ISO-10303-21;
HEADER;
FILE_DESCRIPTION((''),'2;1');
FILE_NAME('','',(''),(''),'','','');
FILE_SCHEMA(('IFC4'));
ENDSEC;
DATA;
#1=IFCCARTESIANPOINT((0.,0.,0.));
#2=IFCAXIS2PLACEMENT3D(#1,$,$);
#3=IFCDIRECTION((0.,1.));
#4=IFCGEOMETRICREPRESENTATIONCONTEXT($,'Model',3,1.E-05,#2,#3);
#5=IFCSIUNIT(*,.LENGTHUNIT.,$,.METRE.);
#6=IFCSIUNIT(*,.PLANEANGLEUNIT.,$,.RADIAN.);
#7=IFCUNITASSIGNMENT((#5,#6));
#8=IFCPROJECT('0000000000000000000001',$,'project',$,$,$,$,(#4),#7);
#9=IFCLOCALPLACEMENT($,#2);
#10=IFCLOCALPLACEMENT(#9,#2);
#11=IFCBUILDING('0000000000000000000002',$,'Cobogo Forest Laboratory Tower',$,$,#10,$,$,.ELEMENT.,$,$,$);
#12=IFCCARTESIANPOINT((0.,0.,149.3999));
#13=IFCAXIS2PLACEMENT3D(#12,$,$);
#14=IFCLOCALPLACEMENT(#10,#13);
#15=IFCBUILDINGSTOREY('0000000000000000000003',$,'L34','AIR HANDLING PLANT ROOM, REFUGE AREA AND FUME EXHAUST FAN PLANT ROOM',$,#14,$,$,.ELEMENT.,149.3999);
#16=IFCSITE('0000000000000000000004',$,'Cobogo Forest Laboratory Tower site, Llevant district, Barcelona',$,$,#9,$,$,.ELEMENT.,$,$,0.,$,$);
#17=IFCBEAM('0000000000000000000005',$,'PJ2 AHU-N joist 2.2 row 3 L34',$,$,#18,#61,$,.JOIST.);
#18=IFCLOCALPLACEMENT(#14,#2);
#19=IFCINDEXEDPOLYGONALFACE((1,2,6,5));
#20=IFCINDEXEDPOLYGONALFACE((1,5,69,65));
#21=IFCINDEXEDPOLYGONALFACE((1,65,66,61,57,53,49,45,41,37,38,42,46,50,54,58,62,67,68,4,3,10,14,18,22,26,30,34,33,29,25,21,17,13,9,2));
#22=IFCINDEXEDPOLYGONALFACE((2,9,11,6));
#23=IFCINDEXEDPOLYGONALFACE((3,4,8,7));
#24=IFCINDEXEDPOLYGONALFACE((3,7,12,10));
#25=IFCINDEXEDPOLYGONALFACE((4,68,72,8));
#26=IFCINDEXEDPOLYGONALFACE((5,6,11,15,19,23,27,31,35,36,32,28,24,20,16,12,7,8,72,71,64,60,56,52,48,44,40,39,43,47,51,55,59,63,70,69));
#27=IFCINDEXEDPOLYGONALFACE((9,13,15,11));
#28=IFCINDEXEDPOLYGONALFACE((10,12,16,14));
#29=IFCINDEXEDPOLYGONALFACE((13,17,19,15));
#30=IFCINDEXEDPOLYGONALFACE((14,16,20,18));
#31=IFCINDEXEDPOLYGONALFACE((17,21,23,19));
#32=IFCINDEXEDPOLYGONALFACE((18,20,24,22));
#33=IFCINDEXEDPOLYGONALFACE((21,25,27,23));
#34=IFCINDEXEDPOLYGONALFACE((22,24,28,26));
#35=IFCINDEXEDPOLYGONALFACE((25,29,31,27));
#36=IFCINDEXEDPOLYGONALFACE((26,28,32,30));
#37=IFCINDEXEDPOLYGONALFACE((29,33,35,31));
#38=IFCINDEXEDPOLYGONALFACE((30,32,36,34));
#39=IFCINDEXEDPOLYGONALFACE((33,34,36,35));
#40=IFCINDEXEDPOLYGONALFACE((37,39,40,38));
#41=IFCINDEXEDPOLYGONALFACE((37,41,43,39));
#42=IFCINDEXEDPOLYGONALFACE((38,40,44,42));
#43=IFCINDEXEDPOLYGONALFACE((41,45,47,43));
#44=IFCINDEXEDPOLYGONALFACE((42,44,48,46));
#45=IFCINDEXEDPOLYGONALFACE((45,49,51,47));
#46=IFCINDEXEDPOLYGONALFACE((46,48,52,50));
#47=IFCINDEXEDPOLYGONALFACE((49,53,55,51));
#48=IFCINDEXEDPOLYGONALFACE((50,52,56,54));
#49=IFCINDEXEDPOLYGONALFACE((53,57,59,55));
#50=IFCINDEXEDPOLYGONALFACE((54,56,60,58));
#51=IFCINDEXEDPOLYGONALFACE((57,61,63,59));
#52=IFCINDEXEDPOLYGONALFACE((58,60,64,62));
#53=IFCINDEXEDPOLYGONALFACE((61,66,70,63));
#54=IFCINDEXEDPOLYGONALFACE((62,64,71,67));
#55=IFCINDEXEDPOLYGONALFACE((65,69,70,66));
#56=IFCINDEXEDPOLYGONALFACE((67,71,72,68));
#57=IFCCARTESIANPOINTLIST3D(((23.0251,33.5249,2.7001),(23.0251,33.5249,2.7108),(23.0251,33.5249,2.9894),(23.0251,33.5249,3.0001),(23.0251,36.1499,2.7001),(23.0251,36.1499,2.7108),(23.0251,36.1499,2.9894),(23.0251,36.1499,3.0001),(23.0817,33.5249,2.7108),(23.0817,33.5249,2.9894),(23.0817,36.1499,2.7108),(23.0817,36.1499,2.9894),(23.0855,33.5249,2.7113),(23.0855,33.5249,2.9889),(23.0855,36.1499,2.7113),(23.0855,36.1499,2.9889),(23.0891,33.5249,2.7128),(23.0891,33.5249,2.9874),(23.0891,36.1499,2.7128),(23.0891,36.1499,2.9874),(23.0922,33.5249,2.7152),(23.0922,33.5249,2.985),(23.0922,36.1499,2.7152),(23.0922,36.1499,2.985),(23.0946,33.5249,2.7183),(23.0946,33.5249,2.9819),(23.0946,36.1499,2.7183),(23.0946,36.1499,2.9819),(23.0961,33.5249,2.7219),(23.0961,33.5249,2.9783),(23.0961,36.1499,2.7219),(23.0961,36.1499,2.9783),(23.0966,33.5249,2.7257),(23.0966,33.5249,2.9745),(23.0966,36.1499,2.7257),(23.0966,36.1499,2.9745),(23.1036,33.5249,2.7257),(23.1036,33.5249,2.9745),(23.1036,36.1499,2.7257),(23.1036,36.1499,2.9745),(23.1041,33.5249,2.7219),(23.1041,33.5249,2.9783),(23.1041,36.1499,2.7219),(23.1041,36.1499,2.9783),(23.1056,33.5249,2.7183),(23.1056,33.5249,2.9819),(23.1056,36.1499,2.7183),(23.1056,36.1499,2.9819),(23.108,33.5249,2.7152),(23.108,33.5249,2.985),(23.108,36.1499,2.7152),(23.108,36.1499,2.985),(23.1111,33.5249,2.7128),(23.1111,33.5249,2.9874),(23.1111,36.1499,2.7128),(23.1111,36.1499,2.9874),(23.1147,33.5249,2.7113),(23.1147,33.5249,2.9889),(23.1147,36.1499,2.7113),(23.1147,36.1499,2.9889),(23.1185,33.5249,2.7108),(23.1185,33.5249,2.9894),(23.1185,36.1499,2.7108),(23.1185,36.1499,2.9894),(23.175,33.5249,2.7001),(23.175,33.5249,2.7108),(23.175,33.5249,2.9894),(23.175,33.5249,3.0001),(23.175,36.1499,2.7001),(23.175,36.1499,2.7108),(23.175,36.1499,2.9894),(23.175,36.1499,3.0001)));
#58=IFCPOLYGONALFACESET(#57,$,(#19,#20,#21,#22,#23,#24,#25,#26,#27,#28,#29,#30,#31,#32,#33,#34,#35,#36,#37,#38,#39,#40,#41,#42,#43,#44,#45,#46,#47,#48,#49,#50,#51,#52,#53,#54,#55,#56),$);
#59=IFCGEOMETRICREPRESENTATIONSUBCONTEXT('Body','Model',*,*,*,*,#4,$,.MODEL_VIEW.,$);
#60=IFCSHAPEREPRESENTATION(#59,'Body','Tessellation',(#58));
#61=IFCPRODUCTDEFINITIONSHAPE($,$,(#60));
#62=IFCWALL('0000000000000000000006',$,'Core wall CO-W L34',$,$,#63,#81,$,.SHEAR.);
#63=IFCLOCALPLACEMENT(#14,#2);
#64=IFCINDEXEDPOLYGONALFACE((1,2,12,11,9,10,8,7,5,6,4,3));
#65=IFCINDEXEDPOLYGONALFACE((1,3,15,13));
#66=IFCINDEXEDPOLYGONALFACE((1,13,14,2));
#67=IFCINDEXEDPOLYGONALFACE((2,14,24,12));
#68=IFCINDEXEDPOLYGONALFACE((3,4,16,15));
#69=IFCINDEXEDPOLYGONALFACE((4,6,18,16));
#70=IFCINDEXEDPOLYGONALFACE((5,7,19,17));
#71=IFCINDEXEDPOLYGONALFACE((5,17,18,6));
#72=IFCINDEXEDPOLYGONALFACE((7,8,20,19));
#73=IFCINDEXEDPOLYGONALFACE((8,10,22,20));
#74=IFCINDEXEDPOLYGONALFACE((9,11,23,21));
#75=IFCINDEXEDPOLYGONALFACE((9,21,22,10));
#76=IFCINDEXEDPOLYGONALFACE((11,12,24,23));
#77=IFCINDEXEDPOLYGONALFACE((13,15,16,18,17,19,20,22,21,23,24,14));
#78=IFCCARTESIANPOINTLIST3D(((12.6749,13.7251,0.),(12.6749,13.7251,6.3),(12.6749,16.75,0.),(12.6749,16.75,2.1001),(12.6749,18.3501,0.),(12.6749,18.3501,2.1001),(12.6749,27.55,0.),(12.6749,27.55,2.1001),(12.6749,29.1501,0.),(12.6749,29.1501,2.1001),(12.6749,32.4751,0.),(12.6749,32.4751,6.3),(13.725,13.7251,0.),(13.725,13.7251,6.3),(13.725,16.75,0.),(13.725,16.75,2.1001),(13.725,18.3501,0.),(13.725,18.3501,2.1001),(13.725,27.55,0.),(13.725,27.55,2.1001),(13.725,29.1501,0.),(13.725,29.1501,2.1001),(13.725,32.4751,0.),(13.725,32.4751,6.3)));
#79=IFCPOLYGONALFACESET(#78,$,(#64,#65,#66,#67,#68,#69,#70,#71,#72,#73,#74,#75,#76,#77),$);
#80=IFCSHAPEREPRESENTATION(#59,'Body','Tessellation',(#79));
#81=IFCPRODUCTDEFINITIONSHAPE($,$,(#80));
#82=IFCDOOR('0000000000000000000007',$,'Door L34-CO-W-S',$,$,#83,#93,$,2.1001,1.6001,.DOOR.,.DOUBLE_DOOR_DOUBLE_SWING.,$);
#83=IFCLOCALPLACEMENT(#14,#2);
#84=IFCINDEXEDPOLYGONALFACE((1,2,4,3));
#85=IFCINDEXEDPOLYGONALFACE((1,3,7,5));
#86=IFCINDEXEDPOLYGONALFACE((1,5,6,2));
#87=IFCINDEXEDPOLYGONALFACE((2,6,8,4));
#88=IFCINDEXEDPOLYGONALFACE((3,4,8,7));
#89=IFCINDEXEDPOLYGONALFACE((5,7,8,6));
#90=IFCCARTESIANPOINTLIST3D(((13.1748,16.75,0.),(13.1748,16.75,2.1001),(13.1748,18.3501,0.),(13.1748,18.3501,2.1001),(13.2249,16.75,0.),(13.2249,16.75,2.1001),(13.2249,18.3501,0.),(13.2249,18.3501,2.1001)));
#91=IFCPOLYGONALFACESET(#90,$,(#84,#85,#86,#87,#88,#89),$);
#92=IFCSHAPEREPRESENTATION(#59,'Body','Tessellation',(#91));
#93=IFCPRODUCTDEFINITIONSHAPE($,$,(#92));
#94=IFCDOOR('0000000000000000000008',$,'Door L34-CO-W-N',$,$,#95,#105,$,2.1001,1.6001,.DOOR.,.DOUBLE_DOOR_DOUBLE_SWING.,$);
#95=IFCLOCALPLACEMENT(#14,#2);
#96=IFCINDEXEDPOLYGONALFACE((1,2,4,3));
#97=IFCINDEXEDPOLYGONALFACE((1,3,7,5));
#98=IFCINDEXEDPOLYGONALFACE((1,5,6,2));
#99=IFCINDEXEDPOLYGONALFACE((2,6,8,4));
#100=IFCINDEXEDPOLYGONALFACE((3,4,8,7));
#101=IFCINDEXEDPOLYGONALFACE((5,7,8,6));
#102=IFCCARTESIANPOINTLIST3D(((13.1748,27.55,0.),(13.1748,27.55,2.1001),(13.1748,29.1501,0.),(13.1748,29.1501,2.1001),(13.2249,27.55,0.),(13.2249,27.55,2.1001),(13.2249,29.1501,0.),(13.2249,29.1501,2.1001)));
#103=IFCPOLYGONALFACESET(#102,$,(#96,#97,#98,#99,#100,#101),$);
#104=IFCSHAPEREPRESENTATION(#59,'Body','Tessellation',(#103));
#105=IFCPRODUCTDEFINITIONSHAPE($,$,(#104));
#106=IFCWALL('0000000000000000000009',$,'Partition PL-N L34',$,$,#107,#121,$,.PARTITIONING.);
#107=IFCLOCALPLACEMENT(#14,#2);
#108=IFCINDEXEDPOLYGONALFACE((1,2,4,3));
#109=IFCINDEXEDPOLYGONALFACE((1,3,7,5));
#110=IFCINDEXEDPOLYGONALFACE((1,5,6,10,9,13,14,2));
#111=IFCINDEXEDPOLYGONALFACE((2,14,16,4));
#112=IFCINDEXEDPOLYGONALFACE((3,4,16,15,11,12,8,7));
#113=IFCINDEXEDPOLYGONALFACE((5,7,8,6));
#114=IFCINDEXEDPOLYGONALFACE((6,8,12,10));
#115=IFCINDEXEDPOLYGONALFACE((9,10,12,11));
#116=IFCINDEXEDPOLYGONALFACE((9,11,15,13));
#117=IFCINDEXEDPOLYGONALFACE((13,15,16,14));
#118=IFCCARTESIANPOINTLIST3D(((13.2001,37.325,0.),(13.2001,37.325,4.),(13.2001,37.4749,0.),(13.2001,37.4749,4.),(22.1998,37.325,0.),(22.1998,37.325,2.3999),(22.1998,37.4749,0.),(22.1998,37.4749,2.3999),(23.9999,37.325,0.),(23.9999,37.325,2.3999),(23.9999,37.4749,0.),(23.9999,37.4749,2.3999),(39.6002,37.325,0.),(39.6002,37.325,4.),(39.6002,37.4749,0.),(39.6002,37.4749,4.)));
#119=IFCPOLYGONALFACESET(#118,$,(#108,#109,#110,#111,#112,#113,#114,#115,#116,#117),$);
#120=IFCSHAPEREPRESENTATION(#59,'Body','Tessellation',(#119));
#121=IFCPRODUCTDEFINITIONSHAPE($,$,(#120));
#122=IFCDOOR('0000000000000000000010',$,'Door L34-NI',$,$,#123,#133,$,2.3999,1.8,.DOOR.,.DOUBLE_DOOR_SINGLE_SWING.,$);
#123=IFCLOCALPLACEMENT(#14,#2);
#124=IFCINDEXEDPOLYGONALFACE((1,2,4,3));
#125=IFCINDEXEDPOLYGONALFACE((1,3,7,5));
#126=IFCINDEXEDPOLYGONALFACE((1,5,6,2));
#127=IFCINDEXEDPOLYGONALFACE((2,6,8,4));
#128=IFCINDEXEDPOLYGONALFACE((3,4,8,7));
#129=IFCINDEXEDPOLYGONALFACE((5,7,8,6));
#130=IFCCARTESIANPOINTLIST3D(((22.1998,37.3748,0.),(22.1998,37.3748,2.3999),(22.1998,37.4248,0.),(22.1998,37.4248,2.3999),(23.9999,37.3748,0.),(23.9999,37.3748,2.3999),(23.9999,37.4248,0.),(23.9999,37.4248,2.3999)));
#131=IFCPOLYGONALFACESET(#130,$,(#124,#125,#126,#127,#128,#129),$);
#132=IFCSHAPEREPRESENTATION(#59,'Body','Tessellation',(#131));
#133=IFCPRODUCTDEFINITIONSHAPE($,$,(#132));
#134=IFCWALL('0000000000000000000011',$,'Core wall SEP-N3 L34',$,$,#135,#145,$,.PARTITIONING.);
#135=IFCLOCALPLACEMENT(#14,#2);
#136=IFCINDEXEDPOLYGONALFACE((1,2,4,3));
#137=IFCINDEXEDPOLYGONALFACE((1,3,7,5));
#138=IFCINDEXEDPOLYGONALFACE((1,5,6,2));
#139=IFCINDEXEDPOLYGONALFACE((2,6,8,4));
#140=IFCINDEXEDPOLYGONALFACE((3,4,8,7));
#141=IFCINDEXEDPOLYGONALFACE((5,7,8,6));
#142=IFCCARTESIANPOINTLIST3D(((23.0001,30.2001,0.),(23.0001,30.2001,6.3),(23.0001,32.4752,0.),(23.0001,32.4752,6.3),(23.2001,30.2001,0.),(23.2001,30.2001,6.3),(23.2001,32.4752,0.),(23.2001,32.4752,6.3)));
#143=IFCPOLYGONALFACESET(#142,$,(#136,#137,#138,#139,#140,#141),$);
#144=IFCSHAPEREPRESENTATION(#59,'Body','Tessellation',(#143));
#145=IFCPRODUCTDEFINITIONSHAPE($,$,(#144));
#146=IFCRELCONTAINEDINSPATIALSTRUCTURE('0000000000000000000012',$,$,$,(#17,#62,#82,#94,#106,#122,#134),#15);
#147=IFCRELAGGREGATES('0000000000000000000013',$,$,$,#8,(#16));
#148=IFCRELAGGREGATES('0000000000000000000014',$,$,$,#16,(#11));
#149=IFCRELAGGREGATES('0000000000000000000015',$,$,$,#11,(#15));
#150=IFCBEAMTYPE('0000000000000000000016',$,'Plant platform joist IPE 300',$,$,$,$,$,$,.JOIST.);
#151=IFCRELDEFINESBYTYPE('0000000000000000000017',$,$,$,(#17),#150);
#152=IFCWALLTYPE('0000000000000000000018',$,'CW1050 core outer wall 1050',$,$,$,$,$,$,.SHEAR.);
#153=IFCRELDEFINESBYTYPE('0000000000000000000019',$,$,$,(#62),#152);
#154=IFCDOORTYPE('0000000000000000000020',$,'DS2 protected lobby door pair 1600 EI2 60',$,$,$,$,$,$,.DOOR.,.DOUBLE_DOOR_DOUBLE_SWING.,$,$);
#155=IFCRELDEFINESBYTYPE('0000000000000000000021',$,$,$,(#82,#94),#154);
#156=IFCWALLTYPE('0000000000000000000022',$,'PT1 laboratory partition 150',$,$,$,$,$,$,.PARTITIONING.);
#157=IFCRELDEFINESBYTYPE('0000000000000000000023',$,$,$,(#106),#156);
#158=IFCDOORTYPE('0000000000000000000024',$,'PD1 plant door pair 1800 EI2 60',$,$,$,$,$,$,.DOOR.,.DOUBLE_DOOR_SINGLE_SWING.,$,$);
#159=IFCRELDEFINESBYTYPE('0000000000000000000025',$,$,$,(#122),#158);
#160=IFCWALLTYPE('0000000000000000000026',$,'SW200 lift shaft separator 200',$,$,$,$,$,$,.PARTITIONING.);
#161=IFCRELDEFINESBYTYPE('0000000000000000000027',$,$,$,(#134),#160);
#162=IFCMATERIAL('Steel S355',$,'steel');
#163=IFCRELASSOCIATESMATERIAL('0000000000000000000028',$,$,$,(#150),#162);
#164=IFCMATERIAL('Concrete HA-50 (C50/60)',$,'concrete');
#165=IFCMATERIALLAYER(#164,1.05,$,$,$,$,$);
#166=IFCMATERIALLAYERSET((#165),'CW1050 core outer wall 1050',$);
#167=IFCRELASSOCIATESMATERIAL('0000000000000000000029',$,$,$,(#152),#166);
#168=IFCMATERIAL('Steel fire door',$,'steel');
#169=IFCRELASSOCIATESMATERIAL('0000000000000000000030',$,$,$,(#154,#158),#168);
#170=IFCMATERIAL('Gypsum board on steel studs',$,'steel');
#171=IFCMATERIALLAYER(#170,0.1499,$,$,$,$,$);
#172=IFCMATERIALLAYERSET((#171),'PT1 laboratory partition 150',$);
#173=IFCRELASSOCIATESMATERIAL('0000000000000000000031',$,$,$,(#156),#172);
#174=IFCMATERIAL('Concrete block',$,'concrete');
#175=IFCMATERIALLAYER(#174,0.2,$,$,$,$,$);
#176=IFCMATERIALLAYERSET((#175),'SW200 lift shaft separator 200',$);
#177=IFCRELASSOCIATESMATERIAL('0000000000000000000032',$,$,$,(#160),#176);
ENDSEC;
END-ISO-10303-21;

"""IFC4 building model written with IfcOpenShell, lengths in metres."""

from ifc_helpers import new_model, si_unit, direction, frame, frame_2d, origin, origin_2d, place, context, subcontext, project, spatial, rectangle, i_section, extrude, material, layer, layer_set, material_profile, profile_set, type_object, element, fill, save


model = new_model("IFC4")

# Units and contexts
model_context = context("Model", 3, precision=1e-05, world=origin(), true_north=direction((0.0, 1.0)))
body_context = subcontext(model_context, "Body", "Model", "MODEL_VIEW")
ifc_project = project(units=[si_unit("LENGTHUNIT", "METRE"), si_unit("PLANEANGLEUNIT", "RADIAN")], contexts=[model_context])

# Site, building, storey
site_placement = place(None, origin())
site = spatial("IfcSite", under=ifc_project, at=site_placement, Name="Cobogo Forest Laboratory Tower site, Llevant district, Barcelona", CompositionType="ELEMENT", RefElevation=0.0)
building_placement = place(site_placement, origin())
building = spatial("IfcBuilding", under=site, at=building_placement, Name="Cobogo Forest Laboratory Tower", CompositionType="ELEMENT")
storey_placement = place(building_placement, frame((0.0, 0.0, 149.3999)))
storey = spatial("IfcBuildingStorey", under=building, at=storey_placement, Name="L34", Description="AIR HANDLING PLANT ROOM, REFUGE AREA AND FUME EXHAUST FAN PLANT ROOM", CompositionType="ELEMENT", Elevation=149.3999)

# Shared definitions
ifc_material_1 = material(Name="Concrete HA-50 (C50/60)", Category="concrete")

# Shared definitions
ifc_material_2 = material(Name="Steel S355", Category="steel")

# Beam
ifc_material_profile_1 = material_profile(ifc_material_2, i_section(OverallWidth=0.1499, OverallDepth=0.3, WebThickness=0.0071, FlangeThickness=0.0107, FilletRadius=0.0149, at=origin_2d()), Name="IPE 300")
ifc_profile_set_1 = profile_set([ifc_material_profile_1], Name="Steel S355")
beam_type_1 = type_object("IfcBeamType", Name="Plant platform joist IPE 300", PredefinedType="JOIST", material=ifc_profile_set_1)
for number, where, z_axis, x_axis, name in (
    (1, (23.1001, 36.1499, 2.8501), (0.0, -1.0, 0.0), (1.0, 0.0, 0.0), "PJ2 AHU-N joist 2.2 row 3 L34"),
):
    element("IfcBeam", number, at=place(storey_placement, frame(where, z_axis=z_axis, x_axis=x_axis)), inside=storey, type_object=beam_type_1, Name=name, PredefinedType="JOIST", context=body_context, shape_type="SweptSolid", body=[
        extrude(i_section(OverallWidth=0.1499, OverallDepth=0.3, WebThickness=0.0071, FlangeThickness=0.0107, FilletRadius=0.0149, at=origin_2d()), origin(), (0.0, 0.0, 1.0), 2.625),
    ])

# Wall, openings, doors
ifc_layer_1 = layer(ifc_material_1, 1.05)
ifc_layer_set_1 = layer_set([ifc_layer_1], Name="CW1050 core outer wall 1050")
wall_type_1 = type_object("IfcWallType", Name="CW1050 core outer wall 1050", PredefinedType="SHEAR", material=ifc_layer_set_1)
wall_1_placement = place(storey_placement, frame((13.2, 32.4751, 0.0), z_axis=(0.0, 0.0, 1.0), x_axis=(0.0, -1.0, 0.0)))
wall_1 = element("IfcWall", 2, at=wall_1_placement, inside=storey, type_object=wall_type_1, Name="Core wall CO-W L34", PredefinedType="SHEAR", context=body_context, shape_type="SweptSolid", body=[
    extrude(rectangle(XDim=18.75, YDim=1.05, at=frame_2d((9.375, 0.0))), origin(), (0.0, 0.0, 1.0), 6.3),
])
opening_1_placement = place(wall_1_placement, frame((14.125, 0.0, 0.0)))
opening_1 = element("IfcOpeningElement", 3, at=opening_1_placement, cuts=wall_1, PredefinedType="OPENING", context=body_context, shape_type="SweptSolid", body=[
    extrude(rectangle(XDim=1.6001, YDim=2.1001, at=frame_2d((0.8, 1.05))), frame((0.0, 0.5349, 0.0), z_axis=(0.0, -1.0, 0.0), x_axis=(1.0, 0.0, 0.0)), (0.0, 0.0, 1.0), 1.0701),
])
opening_2_placement = place(wall_1_placement, frame((3.325, 0.0, 0.0)))
opening_2 = element("IfcOpeningElement", 4, at=opening_2_placement, cuts=wall_1, PredefinedType="OPENING", context=body_context, shape_type="SweptSolid", body=[
    extrude(rectangle(XDim=1.6001, YDim=2.1001, at=frame_2d((0.8, 1.05))), frame((0.0, 0.5349, 0.0), z_axis=(0.0, -1.0, 0.0), x_axis=(1.0, 0.0, 0.0)), (0.0, 0.0, 1.0), 1.0701),
])
ifc_material_3 = material(Name="Steel fire door", Category="steel")
door_type_1 = type_object("IfcDoorType", Name="DS2 protected lobby door pair 1600 EI2 60", OperationType="DOUBLE_DOOR_DOUBLE_SWING", PredefinedType="DOOR", material=ifc_material_3)
door_1_placement = place(opening_1_placement, origin())
door_1 = element("IfcDoor", 5, at=door_1_placement, inside=storey, type_object=door_type_1, Name="Door L34-CO-W-S", OperationType="DOUBLE_DOOR_DOUBLE_SWING", OverallHeight=2.1001, OverallWidth=1.6001, PredefinedType="DOOR", context=body_context, shape_type="SweptSolid", body=[
    extrude(rectangle(XDim=1.6001, YDim=2.1001, at=frame_2d((0.8, 1.05))), frame((0.0, 0.0249, 0.0), z_axis=(0.0, -1.0, 0.0), x_axis=(1.0, 0.0, 0.0)), (0.0, 0.0, 1.0), 0.05),
])
fill(opening_1, door_1)
door_2_placement = place(opening_2_placement, origin())
door_2 = element("IfcDoor", 6, at=door_2_placement, inside=storey, type_object=door_type_1, Name="Door L34-CO-W-N", OperationType="DOUBLE_DOOR_DOUBLE_SWING", OverallHeight=2.1001, OverallWidth=1.6001, PredefinedType="DOOR", context=body_context, shape_type="SweptSolid", body=[
    extrude(rectangle(XDim=1.6001, YDim=2.1001, at=frame_2d((0.8, 1.05))), frame((0.0, 0.0249, 0.0), z_axis=(0.0, -1.0, 0.0), x_axis=(1.0, 0.0, 0.0)), (0.0, 0.0, 1.0), 0.05),
])
fill(opening_2, door_2)

# Wall, opening, door
door_type_2 = type_object("IfcDoorType", Name="PD1 plant door pair 1800 EI2 60", OperationType="DOUBLE_DOOR_SINGLE_SWING", PredefinedType="DOOR", material=ifc_material_3)
ifc_material_4 = material(Name="Gypsum board on steel studs", Category="steel")
ifc_layer_2 = layer(ifc_material_4, 0.1499)
ifc_layer_set_2 = layer_set([ifc_layer_2], Name="PT1 laboratory partition 150")
wall_type_2 = type_object("IfcWallType", Name="PT1 laboratory partition 150", PredefinedType="PARTITIONING", material=ifc_layer_set_2)
wall_2_placement = place(storey_placement, frame((13.2, 37.3999, 0.0), z_axis=(0.0, 0.0, 1.0), x_axis=(1.0, 0.0, 0.0)))
wall_2 = element("IfcWall", 7, at=wall_2_placement, inside=storey, type_object=wall_type_2, Name="Partition PL-N L34", PredefinedType="PARTITIONING", context=body_context, shape_type="SweptSolid", body=[
    extrude(rectangle(XDim=26.4001, YDim=0.1499, at=frame_2d((13.2002, 0.0))), origin(), (0.0, 0.0, 1.0), 4.0),
])
opening_3_placement = place(wall_2_placement, frame((9.0, 0.0, 0.0)))
opening_3 = element("IfcOpeningElement", 8, at=opening_3_placement, cuts=wall_2, PredefinedType="OPENING", context=body_context, shape_type="SweptSolid", body=[
    extrude(rectangle(XDim=1.8, YDim=2.3999, at=frame_2d((0.8999, 1.2))), frame((0.0, 0.085, 0.0), z_axis=(0.0, -1.0, 0.0), x_axis=(1.0, 0.0, 0.0)), (0.0, 0.0, 1.0), 0.1699),
])
door_3_placement = place(opening_3_placement, origin())
door_3 = element("IfcDoor", 9, at=door_3_placement, inside=storey, type_object=door_type_2, Name="Door L34-NI", OperationType="DOUBLE_DOOR_SINGLE_SWING", OverallHeight=2.3999, OverallWidth=1.8, PredefinedType="DOOR", context=body_context, shape_type="SweptSolid", body=[
    extrude(rectangle(XDim=1.8, YDim=2.3999, at=frame_2d((0.8999, 1.2))), frame((0.0, 0.0249, 0.0), z_axis=(0.0, -1.0, 0.0), x_axis=(1.0, 0.0, 0.0)), (0.0, 0.0, 1.0), 0.05),
])
fill(opening_3, door_3)

# Wall
ifc_material_5 = material(Name="Concrete block", Category="concrete")
ifc_layer_3 = layer(ifc_material_5, 0.2)
ifc_layer_set_3 = layer_set([ifc_layer_3], Name="SW200 lift shaft separator 200")
wall_type_3 = type_object("IfcWallType", Name="SW200 lift shaft separator 200", PredefinedType="PARTITIONING", material=ifc_layer_set_3)
wall_3_placement = place(storey_placement, frame((23.1001, 30.2, 0.0), z_axis=(0.0, 0.0, 1.0), x_axis=(0.0, 1.0, 0.0)))
element("IfcWall", 10, at=wall_3_placement, inside=storey, type_object=wall_type_3, Name="Core wall SEP-N3 L34", PredefinedType="PARTITIONING", context=body_context, shape_type="SweptSolid", body=[
    extrude(rectangle(XDim=2.2751, YDim=0.2, at=frame_2d((1.1377, 0.0))), origin(), (0.0, 0.0, 1.0), 6.3),
])

save(model, "model.ifc")
